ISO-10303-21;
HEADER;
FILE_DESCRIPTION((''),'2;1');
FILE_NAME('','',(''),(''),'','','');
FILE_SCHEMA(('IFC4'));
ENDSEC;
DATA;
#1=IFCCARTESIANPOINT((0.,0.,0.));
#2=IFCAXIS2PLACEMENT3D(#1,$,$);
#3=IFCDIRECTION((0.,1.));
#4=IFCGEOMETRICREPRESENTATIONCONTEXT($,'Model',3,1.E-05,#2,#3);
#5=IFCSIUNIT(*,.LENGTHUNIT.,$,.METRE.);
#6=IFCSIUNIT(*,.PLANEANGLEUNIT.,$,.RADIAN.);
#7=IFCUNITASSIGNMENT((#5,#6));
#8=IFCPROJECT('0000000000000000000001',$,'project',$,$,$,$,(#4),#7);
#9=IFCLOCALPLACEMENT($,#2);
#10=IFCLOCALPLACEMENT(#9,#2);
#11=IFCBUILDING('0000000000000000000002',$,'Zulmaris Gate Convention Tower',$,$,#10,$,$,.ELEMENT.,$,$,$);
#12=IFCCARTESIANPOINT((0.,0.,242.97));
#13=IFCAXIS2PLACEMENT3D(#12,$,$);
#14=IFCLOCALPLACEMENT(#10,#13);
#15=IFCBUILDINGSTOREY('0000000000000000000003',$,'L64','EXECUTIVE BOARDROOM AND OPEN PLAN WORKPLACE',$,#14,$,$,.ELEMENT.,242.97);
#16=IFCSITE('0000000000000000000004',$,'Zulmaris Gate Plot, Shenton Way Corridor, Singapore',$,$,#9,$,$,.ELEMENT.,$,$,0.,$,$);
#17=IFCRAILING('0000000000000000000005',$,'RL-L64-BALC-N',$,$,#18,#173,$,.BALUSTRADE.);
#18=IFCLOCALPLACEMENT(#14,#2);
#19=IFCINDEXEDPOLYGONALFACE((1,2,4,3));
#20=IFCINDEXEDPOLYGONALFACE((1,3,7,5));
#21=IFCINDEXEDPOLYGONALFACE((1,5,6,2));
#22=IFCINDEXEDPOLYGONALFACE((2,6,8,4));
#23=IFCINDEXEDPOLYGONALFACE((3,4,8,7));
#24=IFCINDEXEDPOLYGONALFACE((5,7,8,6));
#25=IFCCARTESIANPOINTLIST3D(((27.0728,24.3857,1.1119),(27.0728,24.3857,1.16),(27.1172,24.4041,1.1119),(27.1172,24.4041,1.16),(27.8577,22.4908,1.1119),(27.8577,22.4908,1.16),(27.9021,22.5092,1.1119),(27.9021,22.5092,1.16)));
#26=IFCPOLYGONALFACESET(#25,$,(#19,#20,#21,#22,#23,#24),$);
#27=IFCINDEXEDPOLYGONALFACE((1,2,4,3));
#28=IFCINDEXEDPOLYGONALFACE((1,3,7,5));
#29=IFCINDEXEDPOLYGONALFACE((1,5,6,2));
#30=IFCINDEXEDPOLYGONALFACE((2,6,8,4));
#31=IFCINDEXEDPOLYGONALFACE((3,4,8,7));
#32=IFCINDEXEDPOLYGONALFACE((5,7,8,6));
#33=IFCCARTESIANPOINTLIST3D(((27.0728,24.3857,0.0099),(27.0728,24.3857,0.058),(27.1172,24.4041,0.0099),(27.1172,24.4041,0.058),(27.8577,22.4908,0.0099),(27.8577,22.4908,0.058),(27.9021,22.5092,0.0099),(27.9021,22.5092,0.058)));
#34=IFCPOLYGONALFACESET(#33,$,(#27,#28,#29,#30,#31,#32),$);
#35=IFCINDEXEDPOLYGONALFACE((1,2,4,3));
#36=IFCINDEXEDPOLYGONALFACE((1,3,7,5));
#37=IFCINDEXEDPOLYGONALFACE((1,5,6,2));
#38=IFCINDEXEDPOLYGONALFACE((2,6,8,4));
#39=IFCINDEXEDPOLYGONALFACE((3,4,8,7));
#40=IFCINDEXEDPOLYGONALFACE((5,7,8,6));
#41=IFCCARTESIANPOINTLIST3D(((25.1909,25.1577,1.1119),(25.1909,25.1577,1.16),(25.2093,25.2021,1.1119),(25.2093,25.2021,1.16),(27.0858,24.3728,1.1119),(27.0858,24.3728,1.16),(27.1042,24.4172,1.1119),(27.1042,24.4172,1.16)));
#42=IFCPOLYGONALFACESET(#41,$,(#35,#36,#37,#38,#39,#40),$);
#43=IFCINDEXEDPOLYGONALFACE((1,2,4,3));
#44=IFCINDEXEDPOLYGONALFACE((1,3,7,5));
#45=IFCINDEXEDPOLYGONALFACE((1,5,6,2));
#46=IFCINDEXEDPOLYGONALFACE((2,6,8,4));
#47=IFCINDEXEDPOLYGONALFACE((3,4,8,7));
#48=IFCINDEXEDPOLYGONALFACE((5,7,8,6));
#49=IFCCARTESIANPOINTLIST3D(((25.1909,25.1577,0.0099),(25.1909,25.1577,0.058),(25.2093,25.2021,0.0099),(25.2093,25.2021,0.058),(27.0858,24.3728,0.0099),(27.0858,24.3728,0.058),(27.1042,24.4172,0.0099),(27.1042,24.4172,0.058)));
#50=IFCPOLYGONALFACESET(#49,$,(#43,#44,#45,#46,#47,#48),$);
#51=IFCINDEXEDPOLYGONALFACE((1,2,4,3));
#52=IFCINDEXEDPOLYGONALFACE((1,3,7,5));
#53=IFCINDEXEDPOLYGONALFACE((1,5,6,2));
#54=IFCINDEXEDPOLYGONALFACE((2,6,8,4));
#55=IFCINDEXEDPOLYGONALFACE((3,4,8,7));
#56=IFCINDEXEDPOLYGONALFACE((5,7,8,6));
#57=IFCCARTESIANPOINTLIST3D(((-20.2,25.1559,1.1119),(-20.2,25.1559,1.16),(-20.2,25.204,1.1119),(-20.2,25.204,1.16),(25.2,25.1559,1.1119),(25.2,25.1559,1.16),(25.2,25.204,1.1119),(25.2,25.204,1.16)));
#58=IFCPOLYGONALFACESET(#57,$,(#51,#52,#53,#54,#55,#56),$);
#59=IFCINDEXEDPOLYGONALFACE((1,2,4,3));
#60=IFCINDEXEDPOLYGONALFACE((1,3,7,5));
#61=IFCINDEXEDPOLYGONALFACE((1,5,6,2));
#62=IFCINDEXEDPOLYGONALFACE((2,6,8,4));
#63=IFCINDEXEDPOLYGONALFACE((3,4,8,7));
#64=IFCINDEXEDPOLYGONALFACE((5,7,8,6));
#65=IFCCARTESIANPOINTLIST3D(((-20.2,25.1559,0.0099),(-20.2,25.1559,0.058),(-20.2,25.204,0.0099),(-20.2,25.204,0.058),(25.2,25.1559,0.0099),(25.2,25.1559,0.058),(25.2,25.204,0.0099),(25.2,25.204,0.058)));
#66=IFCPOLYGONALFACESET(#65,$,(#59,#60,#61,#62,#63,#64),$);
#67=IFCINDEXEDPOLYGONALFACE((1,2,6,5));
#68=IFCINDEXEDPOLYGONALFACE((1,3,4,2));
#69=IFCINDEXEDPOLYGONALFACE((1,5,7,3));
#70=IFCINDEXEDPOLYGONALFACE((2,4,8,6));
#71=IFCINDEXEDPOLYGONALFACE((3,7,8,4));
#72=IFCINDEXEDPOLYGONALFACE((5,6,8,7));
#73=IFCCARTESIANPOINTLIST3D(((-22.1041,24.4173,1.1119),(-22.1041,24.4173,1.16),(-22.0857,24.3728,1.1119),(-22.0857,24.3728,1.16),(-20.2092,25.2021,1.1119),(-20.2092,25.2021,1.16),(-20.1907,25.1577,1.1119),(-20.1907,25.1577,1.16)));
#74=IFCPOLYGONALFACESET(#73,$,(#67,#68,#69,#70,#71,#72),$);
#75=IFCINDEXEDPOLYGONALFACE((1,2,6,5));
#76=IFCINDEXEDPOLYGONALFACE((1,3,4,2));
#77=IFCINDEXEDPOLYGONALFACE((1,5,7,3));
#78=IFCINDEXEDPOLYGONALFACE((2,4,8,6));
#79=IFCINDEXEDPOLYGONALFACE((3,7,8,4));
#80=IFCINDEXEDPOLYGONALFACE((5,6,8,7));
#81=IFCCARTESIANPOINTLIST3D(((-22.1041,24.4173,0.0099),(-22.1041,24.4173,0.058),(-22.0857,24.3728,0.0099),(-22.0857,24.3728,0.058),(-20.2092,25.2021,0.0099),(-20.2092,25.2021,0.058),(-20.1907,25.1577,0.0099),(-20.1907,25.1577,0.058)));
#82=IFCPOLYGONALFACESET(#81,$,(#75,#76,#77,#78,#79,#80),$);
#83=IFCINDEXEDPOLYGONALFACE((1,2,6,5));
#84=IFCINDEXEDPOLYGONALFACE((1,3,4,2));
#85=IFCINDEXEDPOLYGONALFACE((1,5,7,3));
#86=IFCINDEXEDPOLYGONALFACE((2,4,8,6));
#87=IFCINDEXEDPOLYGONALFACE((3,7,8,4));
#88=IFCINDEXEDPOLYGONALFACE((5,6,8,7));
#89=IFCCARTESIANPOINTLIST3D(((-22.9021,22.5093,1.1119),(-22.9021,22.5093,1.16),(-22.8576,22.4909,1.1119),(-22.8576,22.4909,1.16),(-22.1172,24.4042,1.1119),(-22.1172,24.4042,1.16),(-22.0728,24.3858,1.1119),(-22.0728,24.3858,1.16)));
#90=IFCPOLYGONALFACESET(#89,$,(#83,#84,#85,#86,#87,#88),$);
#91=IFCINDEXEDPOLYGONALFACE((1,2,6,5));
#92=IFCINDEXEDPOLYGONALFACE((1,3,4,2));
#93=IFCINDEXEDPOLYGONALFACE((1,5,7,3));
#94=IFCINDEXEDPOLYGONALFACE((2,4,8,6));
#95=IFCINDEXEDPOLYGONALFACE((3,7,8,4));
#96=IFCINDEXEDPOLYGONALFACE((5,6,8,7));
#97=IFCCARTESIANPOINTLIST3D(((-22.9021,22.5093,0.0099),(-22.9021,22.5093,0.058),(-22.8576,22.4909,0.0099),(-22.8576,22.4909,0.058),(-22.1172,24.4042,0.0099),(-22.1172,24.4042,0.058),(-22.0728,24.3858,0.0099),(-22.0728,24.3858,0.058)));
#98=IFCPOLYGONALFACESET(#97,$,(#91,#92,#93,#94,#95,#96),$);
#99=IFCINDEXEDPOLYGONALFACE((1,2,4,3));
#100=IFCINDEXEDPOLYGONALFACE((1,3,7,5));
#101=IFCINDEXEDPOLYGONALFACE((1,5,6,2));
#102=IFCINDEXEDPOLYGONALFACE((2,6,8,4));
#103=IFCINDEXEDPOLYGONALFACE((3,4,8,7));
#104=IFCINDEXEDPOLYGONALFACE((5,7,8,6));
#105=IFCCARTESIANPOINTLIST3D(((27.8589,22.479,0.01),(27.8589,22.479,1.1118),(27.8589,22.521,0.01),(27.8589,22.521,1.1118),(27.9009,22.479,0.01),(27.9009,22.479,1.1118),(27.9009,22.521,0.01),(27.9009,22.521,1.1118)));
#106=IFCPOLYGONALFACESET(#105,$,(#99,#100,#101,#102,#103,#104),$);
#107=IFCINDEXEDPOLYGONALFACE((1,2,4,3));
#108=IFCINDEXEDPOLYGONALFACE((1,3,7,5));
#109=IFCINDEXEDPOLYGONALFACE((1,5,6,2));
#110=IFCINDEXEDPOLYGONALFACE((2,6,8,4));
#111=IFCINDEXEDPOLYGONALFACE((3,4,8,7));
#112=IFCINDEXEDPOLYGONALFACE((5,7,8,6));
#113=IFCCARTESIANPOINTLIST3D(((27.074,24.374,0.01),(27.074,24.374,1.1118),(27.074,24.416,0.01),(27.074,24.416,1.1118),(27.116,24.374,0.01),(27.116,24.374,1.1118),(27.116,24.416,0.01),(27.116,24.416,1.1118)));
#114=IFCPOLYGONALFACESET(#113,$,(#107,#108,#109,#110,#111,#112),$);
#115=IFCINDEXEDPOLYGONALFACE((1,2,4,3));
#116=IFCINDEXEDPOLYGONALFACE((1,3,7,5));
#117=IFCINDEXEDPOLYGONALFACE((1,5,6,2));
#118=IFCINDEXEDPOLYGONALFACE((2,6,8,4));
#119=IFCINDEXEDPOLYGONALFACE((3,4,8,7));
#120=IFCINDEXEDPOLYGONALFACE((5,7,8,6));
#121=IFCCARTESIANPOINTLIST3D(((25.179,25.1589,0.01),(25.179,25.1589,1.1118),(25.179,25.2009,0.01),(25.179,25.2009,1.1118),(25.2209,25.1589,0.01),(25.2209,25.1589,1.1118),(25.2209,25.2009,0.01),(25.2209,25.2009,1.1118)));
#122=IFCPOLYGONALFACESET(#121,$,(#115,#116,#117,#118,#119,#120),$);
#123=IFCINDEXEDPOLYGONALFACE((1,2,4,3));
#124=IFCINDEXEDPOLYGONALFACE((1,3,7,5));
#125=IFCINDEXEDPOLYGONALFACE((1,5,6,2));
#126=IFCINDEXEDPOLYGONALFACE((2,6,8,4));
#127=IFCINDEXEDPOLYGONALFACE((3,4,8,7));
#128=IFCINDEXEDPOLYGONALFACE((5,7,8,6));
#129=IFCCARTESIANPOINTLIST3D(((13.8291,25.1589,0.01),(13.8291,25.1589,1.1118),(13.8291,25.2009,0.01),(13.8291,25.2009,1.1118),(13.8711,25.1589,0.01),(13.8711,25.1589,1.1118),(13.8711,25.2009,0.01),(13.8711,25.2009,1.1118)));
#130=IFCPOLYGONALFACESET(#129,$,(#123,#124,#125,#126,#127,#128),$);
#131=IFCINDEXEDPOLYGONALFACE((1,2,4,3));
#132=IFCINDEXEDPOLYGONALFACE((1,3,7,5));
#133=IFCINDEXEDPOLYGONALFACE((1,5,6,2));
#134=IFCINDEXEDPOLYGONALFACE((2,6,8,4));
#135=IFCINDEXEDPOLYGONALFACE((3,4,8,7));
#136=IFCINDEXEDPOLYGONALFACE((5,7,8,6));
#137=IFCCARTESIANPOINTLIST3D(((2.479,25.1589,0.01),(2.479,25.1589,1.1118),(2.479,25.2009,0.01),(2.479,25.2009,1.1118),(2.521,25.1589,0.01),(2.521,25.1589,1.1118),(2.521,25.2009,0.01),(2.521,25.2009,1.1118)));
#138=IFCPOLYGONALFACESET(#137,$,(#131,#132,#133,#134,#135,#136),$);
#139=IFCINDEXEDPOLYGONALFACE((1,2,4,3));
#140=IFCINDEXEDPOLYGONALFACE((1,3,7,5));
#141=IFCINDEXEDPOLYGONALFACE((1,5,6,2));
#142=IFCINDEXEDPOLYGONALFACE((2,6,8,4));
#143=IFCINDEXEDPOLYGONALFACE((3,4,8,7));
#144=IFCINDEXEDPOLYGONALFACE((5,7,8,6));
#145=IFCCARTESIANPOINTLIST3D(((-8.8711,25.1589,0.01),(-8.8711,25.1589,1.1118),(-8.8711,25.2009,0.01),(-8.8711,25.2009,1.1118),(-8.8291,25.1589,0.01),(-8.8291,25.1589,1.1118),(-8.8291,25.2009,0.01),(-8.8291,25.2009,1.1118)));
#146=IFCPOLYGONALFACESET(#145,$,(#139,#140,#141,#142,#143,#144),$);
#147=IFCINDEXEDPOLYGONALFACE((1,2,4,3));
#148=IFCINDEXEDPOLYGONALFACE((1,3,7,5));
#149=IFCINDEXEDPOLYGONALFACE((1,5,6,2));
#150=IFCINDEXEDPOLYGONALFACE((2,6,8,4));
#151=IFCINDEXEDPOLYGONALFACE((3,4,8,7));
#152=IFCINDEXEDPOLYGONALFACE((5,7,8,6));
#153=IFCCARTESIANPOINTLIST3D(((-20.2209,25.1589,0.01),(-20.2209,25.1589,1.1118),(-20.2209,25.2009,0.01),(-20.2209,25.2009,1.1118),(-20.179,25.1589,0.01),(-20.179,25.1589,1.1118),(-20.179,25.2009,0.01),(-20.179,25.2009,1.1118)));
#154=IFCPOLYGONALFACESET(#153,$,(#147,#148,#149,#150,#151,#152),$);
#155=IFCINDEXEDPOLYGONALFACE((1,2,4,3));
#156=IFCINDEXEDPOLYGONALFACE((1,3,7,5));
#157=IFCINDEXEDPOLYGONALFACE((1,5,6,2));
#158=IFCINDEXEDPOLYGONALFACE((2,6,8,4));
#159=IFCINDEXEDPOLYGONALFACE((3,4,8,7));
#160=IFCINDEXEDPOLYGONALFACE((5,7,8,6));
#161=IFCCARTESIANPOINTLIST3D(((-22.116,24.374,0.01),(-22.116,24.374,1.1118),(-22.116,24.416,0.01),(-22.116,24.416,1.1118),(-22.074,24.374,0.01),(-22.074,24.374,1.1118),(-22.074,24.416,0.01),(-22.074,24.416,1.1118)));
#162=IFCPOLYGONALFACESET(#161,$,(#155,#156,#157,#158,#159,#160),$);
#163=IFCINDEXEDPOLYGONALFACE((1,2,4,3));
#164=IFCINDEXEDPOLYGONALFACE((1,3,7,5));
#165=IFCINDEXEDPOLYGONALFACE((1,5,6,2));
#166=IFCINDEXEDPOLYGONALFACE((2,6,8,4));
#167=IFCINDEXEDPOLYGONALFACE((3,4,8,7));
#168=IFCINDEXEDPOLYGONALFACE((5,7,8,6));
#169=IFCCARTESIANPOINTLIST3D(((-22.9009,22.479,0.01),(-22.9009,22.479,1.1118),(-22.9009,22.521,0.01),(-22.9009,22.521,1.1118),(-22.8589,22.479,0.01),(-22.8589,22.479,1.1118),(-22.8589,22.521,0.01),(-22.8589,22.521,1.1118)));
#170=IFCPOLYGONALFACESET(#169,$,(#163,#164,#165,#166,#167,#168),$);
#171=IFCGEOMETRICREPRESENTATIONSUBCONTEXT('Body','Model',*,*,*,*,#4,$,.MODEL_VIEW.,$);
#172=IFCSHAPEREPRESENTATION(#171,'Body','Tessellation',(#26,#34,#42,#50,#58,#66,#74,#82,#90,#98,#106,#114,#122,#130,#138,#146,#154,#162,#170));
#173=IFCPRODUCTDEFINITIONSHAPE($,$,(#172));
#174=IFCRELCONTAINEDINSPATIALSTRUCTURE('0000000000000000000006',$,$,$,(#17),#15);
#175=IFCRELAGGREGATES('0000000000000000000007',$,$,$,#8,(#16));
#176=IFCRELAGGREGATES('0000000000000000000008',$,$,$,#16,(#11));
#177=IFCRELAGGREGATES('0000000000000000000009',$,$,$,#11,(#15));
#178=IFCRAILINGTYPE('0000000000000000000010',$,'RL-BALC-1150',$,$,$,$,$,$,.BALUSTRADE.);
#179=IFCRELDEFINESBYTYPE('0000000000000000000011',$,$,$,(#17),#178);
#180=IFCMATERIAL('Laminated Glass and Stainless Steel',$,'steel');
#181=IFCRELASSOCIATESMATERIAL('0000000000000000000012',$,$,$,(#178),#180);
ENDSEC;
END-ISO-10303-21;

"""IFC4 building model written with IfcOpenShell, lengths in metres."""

from ifc_helpers import new_model, si_unit, direction, frame, origin, origin_2d, place, context, subcontext, project, spatial, rectangle, extrude, material, type_object, element, save


model = new_model("IFC4")

# Units and contexts
model_context = context("Model", 3, precision=1e-05, world=origin(), true_north=direction((0.0, 1.0)))
body_context = subcontext(model_context, "Body", "Model", "MODEL_VIEW")
ifc_project = project(units=[si_unit("LENGTHUNIT", "METRE"), si_unit("PLANEANGLEUNIT", "RADIAN")], contexts=[model_context])

# Site, building, storey
site_placement = place(None, origin())
site = spatial("IfcSite", under=ifc_project, at=site_placement, Name="Zulmaris Gate Plot, Shenton Way Corridor, Singapore", CompositionType="ELEMENT", RefElevation=0.0)
building_placement = place(site_placement, origin())
building = spatial("IfcBuilding", under=site, at=building_placement, Name="Zulmaris Gate Convention Tower", CompositionType="ELEMENT")
storey_placement = place(building_placement, frame((0.0, 0.0, 242.97)))
storey = spatial("IfcBuildingStorey", under=building, at=storey_placement, Name="L64", Description="EXECUTIVE BOARDROOM AND OPEN PLAN WORKPLACE", CompositionType="ELEMENT", Elevation=242.97)

# Railing
ifc_material_1 = material(Name="Laminated Glass and Stainless Steel", Category="steel")
railing_type = type_object("IfcRailingType", Name="RL-BALC-1150", PredefinedType="BALUSTRADE", material=ifc_material_1)
railing_placement = place(storey_placement, frame((27.8799, 22.5, 0.01)))
element("IfcRailing", 1, at=railing_placement, inside=storey, type_object=railing_type, Name="RL-L64-BALC-N", PredefinedType="BALUSTRADE", context=body_context, shape_type="SweptSolid", body=[
    extrude(rectangle(XDim=0.0481, YDim=0.0481, at=origin_2d()), frame((0.0, 0.0, 1.126), z_axis=(-0.382671, 0.923885, 0.0), x_axis=(-0.923885, -0.382671, 0.0)), (0.0, 0.0, 1.0), 2.051),
    extrude(rectangle(XDim=0.0481, YDim=0.0481, at=origin_2d()), frame((0.0, 0.0, 0.0239), z_axis=(-0.382671, 0.923885, 0.0), x_axis=(-0.923885, -0.382671, 0.0)), (0.0, 0.0, 1.0), 2.051),
    extrude(rectangle(XDim=0.0481, YDim=0.0481, at=origin_2d()), frame((-0.7849, 1.895, 1.126), z_axis=(-0.923885, 0.382671, 0.0), x_axis=(-0.382671, -0.923885, 0.0)), (0.0, 0.0, 1.0), 2.051),
    extrude(rectangle(XDim=0.0481, YDim=0.0481, at=origin_2d()), frame((-0.7849, 1.895, 0.0239), z_axis=(-0.923885, 0.382671, 0.0), x_axis=(-0.382671, -0.923885, 0.0)), (0.0, 0.0, 1.0), 2.051),
    extrude(rectangle(XDim=0.0481, YDim=0.0481, at=origin_2d()), frame((-2.6799, 2.6799, 1.126), z_axis=(-1.0, 0.0, 0.0), x_axis=(0.0, -1.0, 0.0)), (0.0, 0.0, 1.0), 45.3999),
    extrude(rectangle(XDim=0.0481, YDim=0.0481, at=origin_2d()), frame((-2.6799, 2.6799, 0.0239), z_axis=(-1.0, 0.0, 0.0), x_axis=(0.0, -1.0, 0.0)), (0.0, 0.0, 1.0), 45.3999),
    extrude(rectangle(XDim=0.0481, YDim=0.0481, at=origin_2d()), frame((-48.0798, 2.6799, 1.126), z_axis=(-0.923885, -0.382671, 0.0), x_axis=(0.382671, -0.923885, 0.0)), (0.0, 0.0, 1.0), 2.051),
    extrude(rectangle(XDim=0.0481, YDim=0.0481, at=origin_2d()), frame((-48.0798, 2.6799, 0.0239), z_axis=(-0.923885, -0.382671, 0.0), x_axis=(0.382671, -0.923885, 0.0)), (0.0, 0.0, 1.0), 2.051),
    extrude(rectangle(XDim=0.0481, YDim=0.0481, at=origin_2d()), frame((-49.9749, 1.895, 1.126), z_axis=(-0.382671, -0.923885, 0.0), x_axis=(0.923885, -0.382671, 0.0)), (0.0, 0.0, 1.0), 2.051),
    extrude(rectangle(XDim=0.0481, YDim=0.0481, at=origin_2d()), frame((-49.9749, 1.895, 0.0239), z_axis=(-0.382671, -0.923885, 0.0), x_axis=(0.923885, -0.382671, 0.0)), (0.0, 0.0, 1.0), 2.051),
    extrude(rectangle(XDim=0.042, YDim=0.042, at=origin_2d()), origin(), (0.0, 0.0, 1.0), 1.1018),
    extrude(rectangle(XDim=0.042, YDim=0.042, at=origin_2d()), frame((-0.7849, 1.895, 0.0)), (0.0, 0.0, 1.0), 1.1018),
    extrude(rectangle(XDim=0.042, YDim=0.042, at=origin_2d()), frame((-2.6799, 2.6799, 0.0)), (0.0, 0.0, 1.0), 1.1018),
    extrude(rectangle(XDim=0.042, YDim=0.042, at=origin_2d()), frame((-14.0298, 2.6799, 0.0)), (0.0, 0.0, 1.0), 1.1018),
    extrude(rectangle(XDim=0.042, YDim=0.042, at=origin_2d()), frame((-25.3799, 2.6799, 0.0)), (0.0, 0.0, 1.0), 1.1018),
    extrude(rectangle(XDim=0.042, YDim=0.042, at=origin_2d()), frame((-36.73, 2.6799, 0.0)), (0.0, 0.0, 1.0), 1.1018),
    extrude(rectangle(XDim=0.042, YDim=0.042, at=origin_2d()), frame((-48.0798, 2.6799, 0.0)), (0.0, 0.0, 1.0), 1.1018),
    extrude(rectangle(XDim=0.042, YDim=0.042, at=origin_2d()), frame((-49.9749, 1.895, 0.0)), (0.0, 0.0, 1.0), 1.1018),
    extrude(rectangle(XDim=0.042, YDim=0.042, at=origin_2d()), frame((-50.7598, 0.0, 0.0)), (0.0, 0.0, 1.0), 1.1018),
])

save(model, "model.ifc")
